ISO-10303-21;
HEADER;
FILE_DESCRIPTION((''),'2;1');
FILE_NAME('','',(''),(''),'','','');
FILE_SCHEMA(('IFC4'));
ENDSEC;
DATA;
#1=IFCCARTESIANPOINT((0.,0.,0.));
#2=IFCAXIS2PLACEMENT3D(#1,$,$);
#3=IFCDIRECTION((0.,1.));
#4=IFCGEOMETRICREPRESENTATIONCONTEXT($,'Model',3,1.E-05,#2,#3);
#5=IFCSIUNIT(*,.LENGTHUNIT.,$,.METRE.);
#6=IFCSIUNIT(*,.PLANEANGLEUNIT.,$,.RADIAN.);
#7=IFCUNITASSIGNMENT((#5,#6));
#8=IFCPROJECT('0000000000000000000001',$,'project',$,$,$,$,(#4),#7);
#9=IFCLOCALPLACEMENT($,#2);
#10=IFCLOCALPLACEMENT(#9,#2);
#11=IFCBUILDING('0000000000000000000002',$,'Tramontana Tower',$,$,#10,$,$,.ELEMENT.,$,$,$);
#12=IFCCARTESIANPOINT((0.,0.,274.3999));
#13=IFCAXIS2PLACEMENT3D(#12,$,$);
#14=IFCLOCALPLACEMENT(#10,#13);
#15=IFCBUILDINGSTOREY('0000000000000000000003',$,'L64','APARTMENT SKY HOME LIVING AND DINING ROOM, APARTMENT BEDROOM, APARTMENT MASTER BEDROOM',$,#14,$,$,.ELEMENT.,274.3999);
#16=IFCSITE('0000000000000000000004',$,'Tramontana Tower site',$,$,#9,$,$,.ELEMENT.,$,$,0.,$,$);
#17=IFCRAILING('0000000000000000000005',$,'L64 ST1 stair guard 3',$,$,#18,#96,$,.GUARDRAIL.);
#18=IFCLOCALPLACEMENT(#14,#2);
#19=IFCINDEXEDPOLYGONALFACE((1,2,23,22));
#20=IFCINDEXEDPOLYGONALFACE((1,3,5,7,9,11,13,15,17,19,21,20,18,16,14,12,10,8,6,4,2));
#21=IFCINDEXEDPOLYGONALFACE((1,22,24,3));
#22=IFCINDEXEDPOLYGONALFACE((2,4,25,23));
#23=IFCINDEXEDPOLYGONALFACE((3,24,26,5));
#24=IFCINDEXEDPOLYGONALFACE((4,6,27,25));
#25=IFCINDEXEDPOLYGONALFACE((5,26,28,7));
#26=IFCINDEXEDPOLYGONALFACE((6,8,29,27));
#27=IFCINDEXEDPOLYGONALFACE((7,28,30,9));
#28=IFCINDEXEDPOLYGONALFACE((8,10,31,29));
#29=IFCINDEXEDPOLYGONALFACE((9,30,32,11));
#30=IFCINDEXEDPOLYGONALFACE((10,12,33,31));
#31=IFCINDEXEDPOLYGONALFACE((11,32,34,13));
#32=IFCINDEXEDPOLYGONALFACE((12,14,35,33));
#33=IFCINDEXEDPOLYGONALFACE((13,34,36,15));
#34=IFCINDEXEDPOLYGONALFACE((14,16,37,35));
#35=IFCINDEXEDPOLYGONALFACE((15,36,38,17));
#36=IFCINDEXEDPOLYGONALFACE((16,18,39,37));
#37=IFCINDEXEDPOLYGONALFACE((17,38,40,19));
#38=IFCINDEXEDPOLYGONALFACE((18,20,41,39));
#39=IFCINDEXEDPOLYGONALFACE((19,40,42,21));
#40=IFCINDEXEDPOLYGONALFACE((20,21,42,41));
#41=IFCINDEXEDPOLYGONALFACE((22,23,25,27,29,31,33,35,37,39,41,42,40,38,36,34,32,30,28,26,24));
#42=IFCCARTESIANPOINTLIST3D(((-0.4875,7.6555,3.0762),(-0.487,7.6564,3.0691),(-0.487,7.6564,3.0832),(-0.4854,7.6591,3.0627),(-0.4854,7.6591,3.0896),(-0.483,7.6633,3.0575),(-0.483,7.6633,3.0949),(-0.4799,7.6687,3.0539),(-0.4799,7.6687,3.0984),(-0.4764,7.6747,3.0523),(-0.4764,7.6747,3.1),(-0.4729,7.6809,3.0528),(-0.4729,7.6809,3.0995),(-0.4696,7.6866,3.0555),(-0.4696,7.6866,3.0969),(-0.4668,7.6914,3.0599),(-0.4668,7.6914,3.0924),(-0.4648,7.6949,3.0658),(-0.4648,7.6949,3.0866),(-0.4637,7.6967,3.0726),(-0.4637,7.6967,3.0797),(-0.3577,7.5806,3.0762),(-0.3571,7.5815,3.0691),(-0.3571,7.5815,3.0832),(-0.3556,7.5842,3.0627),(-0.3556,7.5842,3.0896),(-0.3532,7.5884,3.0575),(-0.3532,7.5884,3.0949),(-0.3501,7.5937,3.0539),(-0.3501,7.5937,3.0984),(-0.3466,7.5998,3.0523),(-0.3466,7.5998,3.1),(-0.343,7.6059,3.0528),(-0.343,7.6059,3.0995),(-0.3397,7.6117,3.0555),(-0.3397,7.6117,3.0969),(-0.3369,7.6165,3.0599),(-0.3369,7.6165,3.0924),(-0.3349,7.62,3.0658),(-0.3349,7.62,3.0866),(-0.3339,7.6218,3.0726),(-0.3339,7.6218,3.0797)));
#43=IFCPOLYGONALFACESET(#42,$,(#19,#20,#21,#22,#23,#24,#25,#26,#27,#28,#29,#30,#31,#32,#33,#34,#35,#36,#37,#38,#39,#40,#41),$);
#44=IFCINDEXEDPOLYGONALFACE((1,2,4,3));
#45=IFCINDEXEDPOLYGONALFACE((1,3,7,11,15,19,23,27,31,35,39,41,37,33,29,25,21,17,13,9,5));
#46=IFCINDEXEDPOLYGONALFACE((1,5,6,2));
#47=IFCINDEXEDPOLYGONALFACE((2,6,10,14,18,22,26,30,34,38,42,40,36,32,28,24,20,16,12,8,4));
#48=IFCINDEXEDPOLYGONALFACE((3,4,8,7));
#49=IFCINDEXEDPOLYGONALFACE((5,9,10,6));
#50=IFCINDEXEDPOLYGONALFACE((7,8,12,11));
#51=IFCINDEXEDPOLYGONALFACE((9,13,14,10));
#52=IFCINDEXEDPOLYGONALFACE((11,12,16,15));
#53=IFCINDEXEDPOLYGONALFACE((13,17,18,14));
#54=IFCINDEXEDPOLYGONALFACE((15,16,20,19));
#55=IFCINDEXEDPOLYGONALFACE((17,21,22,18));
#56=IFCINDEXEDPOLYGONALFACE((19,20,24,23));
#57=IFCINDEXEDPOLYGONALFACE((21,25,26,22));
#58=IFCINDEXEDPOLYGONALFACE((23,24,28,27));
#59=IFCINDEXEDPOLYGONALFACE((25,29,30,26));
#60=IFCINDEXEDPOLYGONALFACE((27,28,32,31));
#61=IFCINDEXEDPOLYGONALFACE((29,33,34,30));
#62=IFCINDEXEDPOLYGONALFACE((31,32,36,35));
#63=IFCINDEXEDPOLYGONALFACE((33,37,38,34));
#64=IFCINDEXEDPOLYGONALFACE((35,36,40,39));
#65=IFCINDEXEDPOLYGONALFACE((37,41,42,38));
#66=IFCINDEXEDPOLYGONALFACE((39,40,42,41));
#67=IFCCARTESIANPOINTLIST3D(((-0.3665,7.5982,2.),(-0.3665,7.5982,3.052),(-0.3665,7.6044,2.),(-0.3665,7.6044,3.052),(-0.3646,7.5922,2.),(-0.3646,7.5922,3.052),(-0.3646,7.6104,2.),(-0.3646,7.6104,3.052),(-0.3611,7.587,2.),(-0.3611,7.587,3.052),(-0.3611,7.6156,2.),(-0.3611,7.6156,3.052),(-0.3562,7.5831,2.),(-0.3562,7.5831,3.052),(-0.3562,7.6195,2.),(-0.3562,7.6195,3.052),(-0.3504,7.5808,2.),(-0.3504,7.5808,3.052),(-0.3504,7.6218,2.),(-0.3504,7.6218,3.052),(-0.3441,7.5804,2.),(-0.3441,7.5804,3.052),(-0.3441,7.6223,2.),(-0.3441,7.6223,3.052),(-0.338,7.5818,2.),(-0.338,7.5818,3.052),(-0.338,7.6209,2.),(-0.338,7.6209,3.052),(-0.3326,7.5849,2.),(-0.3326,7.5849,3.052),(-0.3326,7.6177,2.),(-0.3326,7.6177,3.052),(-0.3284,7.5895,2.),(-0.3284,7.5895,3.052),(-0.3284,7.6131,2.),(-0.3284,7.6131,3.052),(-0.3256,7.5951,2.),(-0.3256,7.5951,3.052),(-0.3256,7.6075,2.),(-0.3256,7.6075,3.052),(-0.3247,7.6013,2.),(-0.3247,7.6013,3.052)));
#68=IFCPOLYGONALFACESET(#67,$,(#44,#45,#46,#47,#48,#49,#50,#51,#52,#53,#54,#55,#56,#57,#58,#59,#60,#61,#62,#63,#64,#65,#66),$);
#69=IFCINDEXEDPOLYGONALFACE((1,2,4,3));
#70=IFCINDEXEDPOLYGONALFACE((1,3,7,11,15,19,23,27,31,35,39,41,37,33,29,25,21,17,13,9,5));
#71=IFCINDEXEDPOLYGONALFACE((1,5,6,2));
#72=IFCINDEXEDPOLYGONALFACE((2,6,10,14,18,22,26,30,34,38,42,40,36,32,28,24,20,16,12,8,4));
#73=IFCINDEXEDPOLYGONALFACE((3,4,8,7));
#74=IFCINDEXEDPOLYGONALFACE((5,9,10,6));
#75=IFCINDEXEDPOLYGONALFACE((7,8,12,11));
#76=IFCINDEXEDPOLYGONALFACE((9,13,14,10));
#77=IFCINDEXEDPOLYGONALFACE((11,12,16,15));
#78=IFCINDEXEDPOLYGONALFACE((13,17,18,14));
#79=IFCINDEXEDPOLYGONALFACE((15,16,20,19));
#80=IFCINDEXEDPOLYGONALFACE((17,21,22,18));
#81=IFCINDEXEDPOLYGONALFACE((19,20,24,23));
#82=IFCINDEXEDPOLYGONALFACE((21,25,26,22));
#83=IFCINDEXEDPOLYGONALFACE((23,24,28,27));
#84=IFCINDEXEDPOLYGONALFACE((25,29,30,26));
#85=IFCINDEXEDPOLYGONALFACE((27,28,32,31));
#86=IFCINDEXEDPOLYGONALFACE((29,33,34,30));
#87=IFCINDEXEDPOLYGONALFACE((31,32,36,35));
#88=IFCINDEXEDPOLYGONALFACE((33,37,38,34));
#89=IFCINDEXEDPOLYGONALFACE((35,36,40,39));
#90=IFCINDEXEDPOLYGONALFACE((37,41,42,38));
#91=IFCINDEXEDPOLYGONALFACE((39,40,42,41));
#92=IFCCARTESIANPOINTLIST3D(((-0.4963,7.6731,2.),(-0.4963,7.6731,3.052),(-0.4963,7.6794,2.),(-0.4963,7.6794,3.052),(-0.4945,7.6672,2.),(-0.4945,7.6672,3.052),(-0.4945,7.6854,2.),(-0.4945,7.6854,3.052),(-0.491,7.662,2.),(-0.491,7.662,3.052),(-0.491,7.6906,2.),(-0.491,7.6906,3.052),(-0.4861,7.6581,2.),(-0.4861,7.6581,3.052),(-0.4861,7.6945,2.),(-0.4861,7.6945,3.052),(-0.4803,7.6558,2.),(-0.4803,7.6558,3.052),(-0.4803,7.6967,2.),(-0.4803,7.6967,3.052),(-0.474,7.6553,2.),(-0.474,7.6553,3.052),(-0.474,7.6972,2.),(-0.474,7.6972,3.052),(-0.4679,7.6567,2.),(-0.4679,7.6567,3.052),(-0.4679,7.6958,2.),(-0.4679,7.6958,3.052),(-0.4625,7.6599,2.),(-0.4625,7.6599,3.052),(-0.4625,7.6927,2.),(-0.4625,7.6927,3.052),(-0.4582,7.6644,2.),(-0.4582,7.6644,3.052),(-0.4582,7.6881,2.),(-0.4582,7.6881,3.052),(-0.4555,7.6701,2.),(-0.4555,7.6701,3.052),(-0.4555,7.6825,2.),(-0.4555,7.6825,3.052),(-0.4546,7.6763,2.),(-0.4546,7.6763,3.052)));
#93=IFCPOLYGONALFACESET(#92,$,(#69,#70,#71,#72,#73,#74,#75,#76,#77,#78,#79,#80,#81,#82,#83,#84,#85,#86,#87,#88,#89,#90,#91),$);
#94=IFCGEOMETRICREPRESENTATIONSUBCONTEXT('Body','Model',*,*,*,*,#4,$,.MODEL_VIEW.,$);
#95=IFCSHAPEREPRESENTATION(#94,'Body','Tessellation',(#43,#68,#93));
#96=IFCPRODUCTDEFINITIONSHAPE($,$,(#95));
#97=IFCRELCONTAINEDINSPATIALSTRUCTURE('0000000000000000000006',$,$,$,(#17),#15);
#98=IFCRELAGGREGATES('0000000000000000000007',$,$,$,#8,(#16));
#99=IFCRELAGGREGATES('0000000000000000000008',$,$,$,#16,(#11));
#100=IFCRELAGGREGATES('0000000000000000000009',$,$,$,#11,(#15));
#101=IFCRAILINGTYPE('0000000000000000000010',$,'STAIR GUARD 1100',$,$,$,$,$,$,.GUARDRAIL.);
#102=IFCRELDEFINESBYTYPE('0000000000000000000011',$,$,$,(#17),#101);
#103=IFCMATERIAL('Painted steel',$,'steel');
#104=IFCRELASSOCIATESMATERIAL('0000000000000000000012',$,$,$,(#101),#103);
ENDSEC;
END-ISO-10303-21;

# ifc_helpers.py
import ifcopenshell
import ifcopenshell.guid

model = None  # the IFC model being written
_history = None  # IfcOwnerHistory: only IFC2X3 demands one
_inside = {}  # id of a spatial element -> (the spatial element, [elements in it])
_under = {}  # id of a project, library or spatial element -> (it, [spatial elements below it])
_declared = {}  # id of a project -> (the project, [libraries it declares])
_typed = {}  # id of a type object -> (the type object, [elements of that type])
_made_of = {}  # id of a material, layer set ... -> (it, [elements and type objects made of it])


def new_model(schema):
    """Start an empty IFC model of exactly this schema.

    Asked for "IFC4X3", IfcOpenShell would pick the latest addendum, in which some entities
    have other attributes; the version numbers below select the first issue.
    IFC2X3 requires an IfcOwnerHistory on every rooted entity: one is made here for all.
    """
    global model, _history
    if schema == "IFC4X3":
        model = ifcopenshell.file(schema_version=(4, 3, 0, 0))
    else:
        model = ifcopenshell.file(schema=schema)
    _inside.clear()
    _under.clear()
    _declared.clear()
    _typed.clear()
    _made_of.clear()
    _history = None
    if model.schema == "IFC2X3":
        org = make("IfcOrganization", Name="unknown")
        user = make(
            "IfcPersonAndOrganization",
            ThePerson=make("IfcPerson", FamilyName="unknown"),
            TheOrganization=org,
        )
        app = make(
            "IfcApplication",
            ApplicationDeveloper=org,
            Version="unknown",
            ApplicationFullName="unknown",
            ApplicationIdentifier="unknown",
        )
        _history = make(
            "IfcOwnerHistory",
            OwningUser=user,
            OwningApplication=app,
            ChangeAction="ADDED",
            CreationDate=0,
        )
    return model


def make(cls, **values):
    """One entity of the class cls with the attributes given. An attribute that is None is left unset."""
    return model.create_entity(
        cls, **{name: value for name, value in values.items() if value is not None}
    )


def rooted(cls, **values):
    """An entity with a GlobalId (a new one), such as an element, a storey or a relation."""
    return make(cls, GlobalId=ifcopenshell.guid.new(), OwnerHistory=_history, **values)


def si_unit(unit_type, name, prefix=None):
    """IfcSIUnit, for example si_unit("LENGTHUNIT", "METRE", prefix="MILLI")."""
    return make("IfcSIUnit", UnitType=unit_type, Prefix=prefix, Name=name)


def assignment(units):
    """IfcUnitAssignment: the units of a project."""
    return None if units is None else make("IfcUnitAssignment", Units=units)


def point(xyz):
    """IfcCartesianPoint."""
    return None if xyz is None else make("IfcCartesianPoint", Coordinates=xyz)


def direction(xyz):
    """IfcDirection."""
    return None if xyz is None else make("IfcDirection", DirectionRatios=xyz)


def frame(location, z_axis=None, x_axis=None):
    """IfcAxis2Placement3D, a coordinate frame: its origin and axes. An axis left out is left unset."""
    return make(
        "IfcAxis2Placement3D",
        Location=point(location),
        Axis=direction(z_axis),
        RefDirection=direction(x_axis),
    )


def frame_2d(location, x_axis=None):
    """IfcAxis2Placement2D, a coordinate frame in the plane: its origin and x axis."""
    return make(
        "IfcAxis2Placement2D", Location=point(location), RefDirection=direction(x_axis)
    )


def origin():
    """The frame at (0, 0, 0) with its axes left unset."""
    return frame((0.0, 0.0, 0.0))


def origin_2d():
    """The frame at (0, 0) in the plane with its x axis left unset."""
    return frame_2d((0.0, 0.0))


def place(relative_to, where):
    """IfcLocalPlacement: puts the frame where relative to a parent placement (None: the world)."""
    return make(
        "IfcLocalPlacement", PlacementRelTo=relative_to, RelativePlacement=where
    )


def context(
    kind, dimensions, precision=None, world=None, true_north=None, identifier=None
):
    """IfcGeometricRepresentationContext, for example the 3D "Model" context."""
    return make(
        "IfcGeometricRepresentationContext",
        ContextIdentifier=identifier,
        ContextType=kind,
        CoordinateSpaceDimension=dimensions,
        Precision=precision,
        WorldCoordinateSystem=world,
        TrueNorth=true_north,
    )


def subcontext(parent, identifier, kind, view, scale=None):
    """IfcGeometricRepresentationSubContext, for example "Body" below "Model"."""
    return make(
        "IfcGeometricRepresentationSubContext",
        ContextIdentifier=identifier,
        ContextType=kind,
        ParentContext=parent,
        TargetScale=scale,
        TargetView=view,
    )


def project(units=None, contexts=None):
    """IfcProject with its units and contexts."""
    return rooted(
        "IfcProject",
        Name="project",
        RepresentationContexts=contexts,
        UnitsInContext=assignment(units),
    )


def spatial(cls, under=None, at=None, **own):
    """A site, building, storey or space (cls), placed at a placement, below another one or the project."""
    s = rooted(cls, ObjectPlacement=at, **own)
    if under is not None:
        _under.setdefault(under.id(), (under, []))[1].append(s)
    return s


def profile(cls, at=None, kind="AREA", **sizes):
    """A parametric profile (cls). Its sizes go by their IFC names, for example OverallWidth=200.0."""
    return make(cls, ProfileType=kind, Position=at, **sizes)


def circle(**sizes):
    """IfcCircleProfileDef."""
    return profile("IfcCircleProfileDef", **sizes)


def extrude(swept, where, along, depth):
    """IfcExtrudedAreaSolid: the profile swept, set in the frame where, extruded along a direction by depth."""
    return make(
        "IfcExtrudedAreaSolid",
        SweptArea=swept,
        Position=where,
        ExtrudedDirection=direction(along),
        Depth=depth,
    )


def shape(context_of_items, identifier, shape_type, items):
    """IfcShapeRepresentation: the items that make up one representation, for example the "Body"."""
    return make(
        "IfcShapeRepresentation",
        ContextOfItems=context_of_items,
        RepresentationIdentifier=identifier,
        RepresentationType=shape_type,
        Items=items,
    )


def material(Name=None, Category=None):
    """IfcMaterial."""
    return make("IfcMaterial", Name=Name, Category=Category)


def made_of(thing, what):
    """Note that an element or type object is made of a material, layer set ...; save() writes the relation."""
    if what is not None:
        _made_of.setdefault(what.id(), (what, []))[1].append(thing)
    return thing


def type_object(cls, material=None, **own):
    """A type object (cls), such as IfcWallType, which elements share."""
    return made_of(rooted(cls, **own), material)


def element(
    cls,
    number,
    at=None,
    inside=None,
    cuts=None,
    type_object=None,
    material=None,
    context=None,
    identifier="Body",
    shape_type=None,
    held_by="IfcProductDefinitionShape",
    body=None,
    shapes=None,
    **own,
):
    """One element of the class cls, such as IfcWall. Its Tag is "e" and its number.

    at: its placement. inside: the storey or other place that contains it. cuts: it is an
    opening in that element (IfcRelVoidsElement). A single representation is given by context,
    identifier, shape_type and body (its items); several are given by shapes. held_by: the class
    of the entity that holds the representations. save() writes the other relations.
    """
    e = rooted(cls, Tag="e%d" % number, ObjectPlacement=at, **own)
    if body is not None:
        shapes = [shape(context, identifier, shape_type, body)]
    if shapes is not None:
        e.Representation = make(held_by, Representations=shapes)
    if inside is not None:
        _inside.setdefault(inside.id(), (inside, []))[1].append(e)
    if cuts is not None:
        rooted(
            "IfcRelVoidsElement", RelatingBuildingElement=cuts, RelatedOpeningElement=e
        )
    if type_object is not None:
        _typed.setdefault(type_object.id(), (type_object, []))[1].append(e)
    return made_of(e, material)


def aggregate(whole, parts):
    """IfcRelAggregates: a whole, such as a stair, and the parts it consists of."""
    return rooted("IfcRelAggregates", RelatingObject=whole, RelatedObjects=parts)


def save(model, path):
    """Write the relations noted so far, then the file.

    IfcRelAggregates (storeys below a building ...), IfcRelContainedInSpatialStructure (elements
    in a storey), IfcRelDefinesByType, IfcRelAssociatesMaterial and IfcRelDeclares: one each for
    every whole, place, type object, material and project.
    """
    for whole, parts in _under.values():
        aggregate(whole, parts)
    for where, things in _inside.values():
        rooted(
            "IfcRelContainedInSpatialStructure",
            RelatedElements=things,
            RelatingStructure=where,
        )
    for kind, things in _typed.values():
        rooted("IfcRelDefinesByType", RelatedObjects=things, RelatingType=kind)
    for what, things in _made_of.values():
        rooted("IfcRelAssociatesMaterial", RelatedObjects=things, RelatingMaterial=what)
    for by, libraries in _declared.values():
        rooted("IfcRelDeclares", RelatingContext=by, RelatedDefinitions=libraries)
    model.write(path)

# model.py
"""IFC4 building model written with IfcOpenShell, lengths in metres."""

from ifc_helpers import new_model, si_unit, direction, frame, origin, origin_2d, place, context, subcontext, project, spatial, circle, extrude, material, type_object, element, save


model = new_model("IFC4")

# Units and contexts
model_context = context("Model", 3, precision=1e-05, world=origin(), true_north=direction((0.0, 1.0)))
body_context = subcontext(model_context, "Body", "Model", "MODEL_VIEW")
ifc_project = project(units=[si_unit("LENGTHUNIT", "METRE"), si_unit("PLANEANGLEUNIT", "RADIAN")], contexts=[model_context])

# Site, building, storey
site_placement = place(None, origin())
site = spatial("IfcSite", under=ifc_project, at=site_placement, Name="Tramontana Tower site", CompositionType="ELEMENT", RefElevation=0.0)
building_placement = place(site_placement, origin())
building = spatial("IfcBuilding", under=site, at=building_placement, Name="Tramontana Tower", CompositionType="ELEMENT")
storey_placement = place(building_placement, frame((0.0, 0.0, 274.3999)))
storey = spatial("IfcBuildingStorey", under=building, at=storey_placement, Name="L64", Description="APARTMENT SKY HOME LIVING AND DINING ROOM, APARTMENT BEDROOM, APARTMENT MASTER BEDROOM", CompositionType="ELEMENT", Elevation=274.3999)

# Railing
ifc_material_1 = material(Name="Painted steel", Category="steel")
railing_type_1 = type_object("IfcRailingType", Name="STAIR GUARD 1100", PredefinedType="GUARDRAIL", material=ifc_material_1)
railing_1_placement = place(storey_placement, frame((-0.3457, 7.6013, 2.0)))
element("IfcRailing", 1, at=railing_1_placement, inside=storey, type_object=railing_type_1, Name="L64 ST1 stair guard 3", PredefinedType="GUARDRAIL", context=body_context, shape_type="SweptSolid", body=[
    extrude(circle(Radius=0.0239, at=origin_2d()), frame((0.0, 0.0, 1.0762), z_axis=(-0.866131, 0.499816, 0.0), x_axis=(-0.499816, -0.866131, 0.0)), (0.0, 0.0, 1.0), 0.1499),
    extrude(circle(Radius=0.021, at=origin_2d()), origin(), (0.0, 0.0, 1.0), 1.052),
    extrude(circle(Radius=0.021, at=origin_2d()), frame((-0.1299, 0.075, 0.0)), (0.0, 0.0, 1.0), 1.052),
])

save(model, "model.ifc")
